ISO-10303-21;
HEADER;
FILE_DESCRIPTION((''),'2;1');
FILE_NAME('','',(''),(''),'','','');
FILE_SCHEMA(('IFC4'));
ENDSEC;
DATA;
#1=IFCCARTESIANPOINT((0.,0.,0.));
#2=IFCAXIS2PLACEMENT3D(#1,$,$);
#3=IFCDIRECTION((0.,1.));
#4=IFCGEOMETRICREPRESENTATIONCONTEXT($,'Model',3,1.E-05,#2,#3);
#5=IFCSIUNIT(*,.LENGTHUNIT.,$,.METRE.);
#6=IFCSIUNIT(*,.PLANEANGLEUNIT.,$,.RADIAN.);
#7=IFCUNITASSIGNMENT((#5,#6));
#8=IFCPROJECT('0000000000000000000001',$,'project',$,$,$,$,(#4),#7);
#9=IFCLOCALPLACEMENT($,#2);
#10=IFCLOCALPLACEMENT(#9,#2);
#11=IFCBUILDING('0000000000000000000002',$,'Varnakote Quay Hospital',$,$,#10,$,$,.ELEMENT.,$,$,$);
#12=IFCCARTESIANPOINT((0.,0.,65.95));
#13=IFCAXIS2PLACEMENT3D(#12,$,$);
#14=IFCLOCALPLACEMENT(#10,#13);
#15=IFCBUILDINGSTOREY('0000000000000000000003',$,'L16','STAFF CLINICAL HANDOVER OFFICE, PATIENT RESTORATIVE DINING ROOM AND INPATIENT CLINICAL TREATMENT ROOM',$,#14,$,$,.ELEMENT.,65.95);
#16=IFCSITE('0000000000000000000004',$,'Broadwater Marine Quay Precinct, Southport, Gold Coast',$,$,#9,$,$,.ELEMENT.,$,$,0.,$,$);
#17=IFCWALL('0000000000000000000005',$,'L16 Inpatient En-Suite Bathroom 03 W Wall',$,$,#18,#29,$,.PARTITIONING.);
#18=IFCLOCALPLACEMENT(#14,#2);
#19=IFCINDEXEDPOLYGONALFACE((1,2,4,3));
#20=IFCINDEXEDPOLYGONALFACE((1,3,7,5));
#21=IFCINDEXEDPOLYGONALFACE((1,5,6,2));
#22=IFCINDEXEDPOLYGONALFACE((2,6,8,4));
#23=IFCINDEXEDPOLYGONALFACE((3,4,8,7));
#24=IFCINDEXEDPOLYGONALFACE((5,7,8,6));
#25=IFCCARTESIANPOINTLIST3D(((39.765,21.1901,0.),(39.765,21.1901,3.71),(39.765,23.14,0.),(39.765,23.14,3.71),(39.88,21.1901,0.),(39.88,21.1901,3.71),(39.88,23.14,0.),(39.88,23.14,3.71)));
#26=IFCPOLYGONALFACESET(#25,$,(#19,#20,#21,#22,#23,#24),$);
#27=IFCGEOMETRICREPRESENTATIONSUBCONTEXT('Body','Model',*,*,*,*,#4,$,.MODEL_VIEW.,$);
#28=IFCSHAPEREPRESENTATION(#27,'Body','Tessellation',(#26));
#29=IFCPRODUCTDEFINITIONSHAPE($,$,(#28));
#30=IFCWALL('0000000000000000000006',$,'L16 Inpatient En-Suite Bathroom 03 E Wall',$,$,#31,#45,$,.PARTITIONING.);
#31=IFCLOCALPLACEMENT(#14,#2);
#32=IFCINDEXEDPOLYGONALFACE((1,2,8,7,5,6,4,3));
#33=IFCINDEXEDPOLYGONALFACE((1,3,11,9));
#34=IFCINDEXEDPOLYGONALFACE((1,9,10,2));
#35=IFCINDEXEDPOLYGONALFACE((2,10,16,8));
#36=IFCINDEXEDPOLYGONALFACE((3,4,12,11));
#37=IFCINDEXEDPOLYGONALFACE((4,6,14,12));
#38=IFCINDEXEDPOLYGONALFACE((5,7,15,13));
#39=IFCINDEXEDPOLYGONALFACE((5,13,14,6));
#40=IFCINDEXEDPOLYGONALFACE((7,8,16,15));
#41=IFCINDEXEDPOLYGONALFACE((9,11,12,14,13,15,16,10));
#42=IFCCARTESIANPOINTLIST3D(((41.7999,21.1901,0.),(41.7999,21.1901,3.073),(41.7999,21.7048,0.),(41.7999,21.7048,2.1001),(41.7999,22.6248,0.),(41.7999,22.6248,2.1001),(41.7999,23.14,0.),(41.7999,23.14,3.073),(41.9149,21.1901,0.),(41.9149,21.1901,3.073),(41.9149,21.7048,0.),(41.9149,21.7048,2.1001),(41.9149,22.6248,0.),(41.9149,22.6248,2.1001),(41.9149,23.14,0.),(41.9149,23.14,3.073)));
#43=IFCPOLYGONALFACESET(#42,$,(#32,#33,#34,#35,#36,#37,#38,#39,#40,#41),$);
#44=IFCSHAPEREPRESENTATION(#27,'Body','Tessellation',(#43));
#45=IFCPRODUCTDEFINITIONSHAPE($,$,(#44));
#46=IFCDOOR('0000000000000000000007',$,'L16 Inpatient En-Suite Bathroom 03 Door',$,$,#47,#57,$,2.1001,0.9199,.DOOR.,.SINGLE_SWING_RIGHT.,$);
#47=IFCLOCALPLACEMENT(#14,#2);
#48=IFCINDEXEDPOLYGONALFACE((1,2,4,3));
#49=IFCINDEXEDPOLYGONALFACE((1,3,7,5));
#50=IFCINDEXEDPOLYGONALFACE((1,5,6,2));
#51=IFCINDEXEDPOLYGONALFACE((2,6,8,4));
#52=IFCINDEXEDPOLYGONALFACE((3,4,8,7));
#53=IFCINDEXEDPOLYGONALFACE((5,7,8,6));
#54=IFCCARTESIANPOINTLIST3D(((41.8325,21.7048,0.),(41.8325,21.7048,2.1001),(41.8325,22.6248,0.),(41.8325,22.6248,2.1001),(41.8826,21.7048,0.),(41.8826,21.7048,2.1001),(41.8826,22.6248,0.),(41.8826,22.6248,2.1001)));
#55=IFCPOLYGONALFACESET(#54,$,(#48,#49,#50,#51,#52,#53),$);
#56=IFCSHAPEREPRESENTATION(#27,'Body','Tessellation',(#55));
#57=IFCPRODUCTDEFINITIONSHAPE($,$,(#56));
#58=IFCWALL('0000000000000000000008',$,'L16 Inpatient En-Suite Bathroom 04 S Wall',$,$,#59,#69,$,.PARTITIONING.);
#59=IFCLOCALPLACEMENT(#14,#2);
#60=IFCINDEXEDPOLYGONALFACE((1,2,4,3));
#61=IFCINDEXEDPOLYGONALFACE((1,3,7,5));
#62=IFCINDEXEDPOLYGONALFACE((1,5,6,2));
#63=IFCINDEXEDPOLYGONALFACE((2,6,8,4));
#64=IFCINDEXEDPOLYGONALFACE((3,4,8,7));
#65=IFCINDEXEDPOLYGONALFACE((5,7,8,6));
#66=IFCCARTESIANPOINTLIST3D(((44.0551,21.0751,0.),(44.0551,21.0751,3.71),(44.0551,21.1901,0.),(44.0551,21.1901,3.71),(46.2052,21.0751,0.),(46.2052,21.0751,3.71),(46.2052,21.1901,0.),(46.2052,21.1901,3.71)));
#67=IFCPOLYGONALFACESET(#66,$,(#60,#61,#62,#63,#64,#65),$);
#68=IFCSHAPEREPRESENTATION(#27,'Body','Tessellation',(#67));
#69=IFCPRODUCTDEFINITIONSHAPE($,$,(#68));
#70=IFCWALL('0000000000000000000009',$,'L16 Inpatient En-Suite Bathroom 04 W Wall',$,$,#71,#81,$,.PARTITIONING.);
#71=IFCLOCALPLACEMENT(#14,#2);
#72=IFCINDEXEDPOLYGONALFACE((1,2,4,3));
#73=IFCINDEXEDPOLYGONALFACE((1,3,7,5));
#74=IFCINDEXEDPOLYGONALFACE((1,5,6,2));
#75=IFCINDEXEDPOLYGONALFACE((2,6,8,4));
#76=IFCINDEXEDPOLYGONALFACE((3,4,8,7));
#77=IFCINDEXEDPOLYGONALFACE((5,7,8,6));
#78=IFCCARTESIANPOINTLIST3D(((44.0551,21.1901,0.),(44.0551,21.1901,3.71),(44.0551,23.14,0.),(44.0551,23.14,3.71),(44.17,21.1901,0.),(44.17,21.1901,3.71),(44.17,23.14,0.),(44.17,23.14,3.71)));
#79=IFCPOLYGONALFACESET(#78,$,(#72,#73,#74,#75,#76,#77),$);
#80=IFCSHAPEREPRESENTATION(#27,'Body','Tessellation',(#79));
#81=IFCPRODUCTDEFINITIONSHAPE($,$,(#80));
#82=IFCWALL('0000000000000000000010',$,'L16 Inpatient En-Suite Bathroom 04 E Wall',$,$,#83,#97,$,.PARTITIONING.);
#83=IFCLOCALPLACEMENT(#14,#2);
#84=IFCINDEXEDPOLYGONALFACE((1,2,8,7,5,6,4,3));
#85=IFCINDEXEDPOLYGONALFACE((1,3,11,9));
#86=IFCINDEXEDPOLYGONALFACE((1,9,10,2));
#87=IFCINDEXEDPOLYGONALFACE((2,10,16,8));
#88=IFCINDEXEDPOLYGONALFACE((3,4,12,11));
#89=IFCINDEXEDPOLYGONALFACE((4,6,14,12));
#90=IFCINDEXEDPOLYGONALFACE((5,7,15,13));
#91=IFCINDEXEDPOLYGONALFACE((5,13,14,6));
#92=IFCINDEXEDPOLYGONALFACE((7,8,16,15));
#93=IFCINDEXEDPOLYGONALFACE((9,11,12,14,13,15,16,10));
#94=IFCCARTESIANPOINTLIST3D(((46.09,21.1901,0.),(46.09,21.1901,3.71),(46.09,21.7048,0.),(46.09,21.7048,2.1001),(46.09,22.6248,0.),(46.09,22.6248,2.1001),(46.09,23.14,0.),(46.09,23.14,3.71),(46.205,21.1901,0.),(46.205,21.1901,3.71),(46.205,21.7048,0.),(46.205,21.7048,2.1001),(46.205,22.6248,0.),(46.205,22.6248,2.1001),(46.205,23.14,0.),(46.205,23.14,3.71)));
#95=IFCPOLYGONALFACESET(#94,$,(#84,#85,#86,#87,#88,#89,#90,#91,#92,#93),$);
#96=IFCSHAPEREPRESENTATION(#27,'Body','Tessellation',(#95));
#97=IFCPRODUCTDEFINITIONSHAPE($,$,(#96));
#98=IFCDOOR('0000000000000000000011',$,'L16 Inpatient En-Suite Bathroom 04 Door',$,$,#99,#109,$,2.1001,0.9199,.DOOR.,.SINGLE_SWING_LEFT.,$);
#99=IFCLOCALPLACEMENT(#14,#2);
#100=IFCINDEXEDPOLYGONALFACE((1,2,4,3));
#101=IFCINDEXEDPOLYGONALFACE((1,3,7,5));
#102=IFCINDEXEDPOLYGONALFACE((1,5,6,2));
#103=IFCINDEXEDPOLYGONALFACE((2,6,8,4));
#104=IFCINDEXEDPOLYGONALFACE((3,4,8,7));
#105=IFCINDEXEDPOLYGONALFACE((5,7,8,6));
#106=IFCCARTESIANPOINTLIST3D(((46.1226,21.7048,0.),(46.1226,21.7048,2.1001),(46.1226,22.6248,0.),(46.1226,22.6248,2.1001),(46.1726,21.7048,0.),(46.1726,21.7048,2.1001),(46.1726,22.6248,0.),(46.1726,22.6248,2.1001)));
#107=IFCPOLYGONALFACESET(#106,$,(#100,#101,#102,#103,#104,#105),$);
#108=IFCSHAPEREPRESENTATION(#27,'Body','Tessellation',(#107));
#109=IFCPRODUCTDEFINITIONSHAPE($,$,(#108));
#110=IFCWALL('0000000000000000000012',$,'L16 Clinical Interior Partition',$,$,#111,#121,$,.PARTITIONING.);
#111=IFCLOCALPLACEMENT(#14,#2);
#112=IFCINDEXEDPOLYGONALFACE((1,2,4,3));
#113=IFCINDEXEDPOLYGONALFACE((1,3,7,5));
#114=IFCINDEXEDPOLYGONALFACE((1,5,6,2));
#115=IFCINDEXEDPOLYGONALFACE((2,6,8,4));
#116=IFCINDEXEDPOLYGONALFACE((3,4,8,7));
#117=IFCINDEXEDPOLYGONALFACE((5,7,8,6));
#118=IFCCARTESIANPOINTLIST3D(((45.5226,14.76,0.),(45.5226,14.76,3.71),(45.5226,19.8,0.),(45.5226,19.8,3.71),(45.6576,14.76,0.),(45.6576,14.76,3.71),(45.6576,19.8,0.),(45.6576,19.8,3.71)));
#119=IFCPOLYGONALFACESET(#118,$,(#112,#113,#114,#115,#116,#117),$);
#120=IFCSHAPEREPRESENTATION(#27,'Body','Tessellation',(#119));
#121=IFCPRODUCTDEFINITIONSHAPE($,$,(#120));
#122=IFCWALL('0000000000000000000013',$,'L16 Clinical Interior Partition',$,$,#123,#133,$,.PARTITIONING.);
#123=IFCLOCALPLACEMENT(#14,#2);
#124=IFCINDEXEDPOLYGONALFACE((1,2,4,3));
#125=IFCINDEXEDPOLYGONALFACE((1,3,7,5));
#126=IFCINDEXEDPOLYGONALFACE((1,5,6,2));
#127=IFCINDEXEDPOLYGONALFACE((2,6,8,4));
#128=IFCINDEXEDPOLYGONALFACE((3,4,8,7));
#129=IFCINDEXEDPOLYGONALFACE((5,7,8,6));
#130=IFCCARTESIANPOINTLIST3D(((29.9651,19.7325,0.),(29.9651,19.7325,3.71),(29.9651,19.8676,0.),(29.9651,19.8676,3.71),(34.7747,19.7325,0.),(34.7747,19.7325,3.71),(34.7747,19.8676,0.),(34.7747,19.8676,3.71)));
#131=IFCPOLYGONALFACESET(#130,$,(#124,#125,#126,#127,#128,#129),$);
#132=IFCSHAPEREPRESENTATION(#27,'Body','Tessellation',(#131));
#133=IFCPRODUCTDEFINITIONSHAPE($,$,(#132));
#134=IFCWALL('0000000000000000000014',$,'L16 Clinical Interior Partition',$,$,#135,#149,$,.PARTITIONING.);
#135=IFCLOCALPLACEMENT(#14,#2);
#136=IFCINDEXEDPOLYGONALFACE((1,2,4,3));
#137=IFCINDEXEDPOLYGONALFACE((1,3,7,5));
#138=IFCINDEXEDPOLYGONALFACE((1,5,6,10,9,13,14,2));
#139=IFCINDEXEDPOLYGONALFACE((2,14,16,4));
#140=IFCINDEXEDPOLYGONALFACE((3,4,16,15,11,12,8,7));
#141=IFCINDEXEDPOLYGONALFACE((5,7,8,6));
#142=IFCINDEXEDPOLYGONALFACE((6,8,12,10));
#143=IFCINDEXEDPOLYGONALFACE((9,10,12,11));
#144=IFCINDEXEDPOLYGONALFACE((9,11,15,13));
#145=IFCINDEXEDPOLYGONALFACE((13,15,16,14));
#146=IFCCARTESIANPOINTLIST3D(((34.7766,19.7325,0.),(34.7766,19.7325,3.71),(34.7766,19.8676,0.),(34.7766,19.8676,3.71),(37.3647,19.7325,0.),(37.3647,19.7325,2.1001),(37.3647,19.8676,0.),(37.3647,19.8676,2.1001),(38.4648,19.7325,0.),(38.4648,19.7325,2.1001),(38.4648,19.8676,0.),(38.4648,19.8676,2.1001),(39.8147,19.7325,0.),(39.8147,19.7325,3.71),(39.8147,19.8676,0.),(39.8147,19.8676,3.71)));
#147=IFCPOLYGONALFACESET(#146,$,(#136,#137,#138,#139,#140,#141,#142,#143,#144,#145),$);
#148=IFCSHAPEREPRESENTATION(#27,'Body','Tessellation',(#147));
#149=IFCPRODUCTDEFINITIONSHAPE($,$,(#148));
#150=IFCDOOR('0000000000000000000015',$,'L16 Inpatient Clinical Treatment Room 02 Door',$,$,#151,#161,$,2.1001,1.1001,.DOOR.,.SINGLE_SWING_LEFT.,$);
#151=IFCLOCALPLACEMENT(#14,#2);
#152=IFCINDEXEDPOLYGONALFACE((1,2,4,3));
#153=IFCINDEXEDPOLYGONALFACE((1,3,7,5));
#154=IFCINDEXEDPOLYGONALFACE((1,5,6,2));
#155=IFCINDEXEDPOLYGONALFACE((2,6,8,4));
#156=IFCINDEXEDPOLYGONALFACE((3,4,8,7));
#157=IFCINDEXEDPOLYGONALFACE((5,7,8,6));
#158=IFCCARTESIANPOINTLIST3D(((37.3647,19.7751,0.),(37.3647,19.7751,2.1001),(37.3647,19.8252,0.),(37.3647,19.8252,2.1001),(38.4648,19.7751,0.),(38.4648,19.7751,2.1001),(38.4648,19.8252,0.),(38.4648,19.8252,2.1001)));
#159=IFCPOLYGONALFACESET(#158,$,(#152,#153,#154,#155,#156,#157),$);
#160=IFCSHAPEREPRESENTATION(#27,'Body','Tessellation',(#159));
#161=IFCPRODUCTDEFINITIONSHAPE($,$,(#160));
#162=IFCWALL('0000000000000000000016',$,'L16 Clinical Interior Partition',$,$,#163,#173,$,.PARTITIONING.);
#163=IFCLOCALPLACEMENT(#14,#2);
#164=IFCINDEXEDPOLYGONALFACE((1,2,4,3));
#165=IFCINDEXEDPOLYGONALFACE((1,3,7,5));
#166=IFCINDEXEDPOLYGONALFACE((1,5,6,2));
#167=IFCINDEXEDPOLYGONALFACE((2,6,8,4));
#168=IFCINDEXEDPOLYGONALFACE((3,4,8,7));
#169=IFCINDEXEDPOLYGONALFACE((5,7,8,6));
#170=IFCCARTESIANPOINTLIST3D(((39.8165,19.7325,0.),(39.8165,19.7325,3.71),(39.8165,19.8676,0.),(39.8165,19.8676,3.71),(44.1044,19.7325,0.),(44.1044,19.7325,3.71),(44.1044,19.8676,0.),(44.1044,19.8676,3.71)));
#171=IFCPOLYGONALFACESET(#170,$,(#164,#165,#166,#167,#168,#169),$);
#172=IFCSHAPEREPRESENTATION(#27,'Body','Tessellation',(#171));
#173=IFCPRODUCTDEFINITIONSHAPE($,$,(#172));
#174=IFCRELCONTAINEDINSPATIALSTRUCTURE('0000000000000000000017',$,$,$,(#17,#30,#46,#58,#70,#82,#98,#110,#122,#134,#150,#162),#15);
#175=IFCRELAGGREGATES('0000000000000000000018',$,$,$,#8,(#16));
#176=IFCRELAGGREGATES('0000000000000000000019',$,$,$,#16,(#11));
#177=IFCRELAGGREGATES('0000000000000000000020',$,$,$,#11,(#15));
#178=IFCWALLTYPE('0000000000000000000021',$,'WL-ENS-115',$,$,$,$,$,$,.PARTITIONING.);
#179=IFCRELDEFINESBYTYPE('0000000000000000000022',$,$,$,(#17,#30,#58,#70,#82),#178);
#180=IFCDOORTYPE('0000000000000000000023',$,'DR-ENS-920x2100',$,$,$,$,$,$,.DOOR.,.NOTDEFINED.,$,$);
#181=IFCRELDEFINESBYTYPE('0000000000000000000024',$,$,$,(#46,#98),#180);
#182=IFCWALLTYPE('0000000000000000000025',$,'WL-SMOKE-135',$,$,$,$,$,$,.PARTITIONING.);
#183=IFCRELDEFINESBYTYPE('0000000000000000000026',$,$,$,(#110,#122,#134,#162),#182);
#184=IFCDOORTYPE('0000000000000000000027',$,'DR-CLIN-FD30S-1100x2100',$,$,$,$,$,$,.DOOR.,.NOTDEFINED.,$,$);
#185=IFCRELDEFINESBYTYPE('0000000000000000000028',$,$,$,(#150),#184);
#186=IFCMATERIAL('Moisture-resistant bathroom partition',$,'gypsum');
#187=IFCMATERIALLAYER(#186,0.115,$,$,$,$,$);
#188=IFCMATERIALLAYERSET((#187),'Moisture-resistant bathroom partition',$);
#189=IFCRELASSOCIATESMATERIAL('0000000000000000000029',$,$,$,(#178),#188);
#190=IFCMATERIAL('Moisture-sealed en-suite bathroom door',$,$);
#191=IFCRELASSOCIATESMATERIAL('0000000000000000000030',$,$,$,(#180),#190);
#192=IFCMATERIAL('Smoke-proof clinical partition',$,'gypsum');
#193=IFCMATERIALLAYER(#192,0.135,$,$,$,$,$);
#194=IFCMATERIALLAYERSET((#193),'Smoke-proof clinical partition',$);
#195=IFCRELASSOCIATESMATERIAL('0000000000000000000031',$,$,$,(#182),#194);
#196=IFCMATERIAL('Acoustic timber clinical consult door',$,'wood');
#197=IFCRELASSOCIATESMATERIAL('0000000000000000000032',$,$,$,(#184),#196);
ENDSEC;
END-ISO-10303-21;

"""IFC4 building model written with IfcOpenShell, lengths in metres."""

from ifc_helpers import new_model, si_unit, direction, frame, frame_2d, origin, place, context, subcontext, project, spatial, rectangle, extrude, material, layer, layer_set, type_object, element, fill, save


model = new_model("IFC4")

# Units and contexts
model_context = context("Model", 3, precision=1e-05, world=origin(), true_north=direction((0.0, 1.0)))
body_context = subcontext(model_context, "Body", "Model", "MODEL_VIEW")
ifc_project = project(units=[si_unit("LENGTHUNIT", "METRE"), si_unit("PLANEANGLEUNIT", "RADIAN")], contexts=[model_context])

# Site, building, storey
site_placement = place(None, origin())
site = spatial("IfcSite", under=ifc_project, at=site_placement, Name="Broadwater Marine Quay Precinct, Southport, Gold Coast", CompositionType="ELEMENT", RefElevation=0.0)
building_placement = place(site_placement, origin())
building = spatial("IfcBuilding", under=site, at=building_placement, Name="Varnakote Quay Hospital", CompositionType="ELEMENT")
storey_placement = place(building_placement, frame((0.0, 0.0, 65.95)))
storey = spatial("IfcBuildingStorey", under=building, at=storey_placement, Name="L16", Description="STAFF CLINICAL HANDOVER OFFICE, PATIENT RESTORATIVE DINING ROOM AND INPATIENT CLINICAL TREATMENT ROOM", CompositionType="ELEMENT", Elevation=65.95)

# Shared definitions
ifc_material_1 = material(Name="Moisture-resistant bathroom partition", Category="gypsum")
ifc_layer_1 = layer(ifc_material_1, 0.115)
ifc_layer_set_1 = layer_set([ifc_layer_1], Name="Moisture-resistant bathroom partition")
wall_type_1 = type_object("IfcWallType", Name="WL-ENS-115", PredefinedType="PARTITIONING", material=ifc_layer_set_1)

# Shared definitions
ifc_material_2 = material(Name="Moisture-sealed en-suite bathroom door")
door_type_1 = type_object("IfcDoorType", Name="DR-ENS-920x2100", OperationType="NOTDEFINED", PredefinedType="DOOR", material=ifc_material_2)

# Wall
wall_1_placement = place(storey_placement, frame((39.8225, 21.1899, 0.0), z_axis=(0.0, 0.0, 1.0), x_axis=(0.0, 1.0, 0.0)))
element("IfcWall", 1, at=wall_1_placement, inside=storey, type_object=wall_type_1, Name="L16 Inpatient En-Suite Bathroom 03 W Wall", PredefinedType="PARTITIONING", context=body_context, shape_type="SweptSolid", body=[
    extrude(rectangle(XDim=1.95, YDim=0.115, at=frame_2d((0.9751, 0.0))), origin(), (0.0, 0.0, 1.0), 3.71),
])

# Wall, opening, door
wall_2_placement = place(storey_placement, frame((41.8574, 21.1899, 0.0), z_axis=(0.0, 0.0, 1.0), x_axis=(0.0, 1.0, 0.0)))
wall_2 = element("IfcWall", 2, at=wall_2_placement, inside=storey, type_object=wall_type_1, Name="L16 Inpatient En-Suite Bathroom 03 E Wall", PredefinedType="PARTITIONING", context=body_context, shape_type="SweptSolid", body=[
    extrude(rectangle(XDim=1.95, YDim=0.115, at=frame_2d((0.9751, 0.0))), origin(), (0.0, 0.0, 1.0), 3.073),
])
opening_1_placement = place(wall_2_placement, frame((0.5149, 0.0, 0.0)))
opening_1 = element("IfcOpeningElement", 3, at=opening_1_placement, cuts=wall_2, PredefinedType="OPENING", context=body_context, shape_type="SweptSolid", body=[
    extrude(rectangle(XDim=0.9199, YDim=2.1001, at=frame_2d((0.46, 1.05))), frame((0.0, 0.0674, 0.0), z_axis=(0.0, -1.0, 0.0), x_axis=(1.0, 0.0, 0.0)), (0.0, 0.0, 1.0), 0.135),
])
door_1_placement = place(opening_1_placement, origin())
door_1 = element("IfcDoor", 4, at=door_1_placement, inside=storey, type_object=door_type_1, Name="L16 Inpatient En-Suite Bathroom 03 Door", OperationType="SINGLE_SWING_RIGHT", OverallHeight=2.1001, OverallWidth=0.9199, PredefinedType="DOOR", context=body_context, shape_type="SweptSolid", body=[
    extrude(rectangle(XDim=0.9199, YDim=2.1001, at=frame_2d((0.46, 1.05))), frame((0.0, 0.0249, 0.0), z_axis=(0.0, -1.0, 0.0), x_axis=(1.0, 0.0, 0.0)), (0.0, 0.0, 1.0), 0.05),
])
fill(opening_1, door_1)

# Walls
wall_3_placement = place(storey_placement, frame((44.0549, 21.1326, 0.0), z_axis=(0.0, 0.0, 1.0), x_axis=(1.0, 0.0, 0.0)))
element("IfcWall", 5, at=wall_3_placement, inside=storey, type_object=wall_type_1, Name="L16 Inpatient En-Suite Bathroom 04 S Wall", PredefinedType="PARTITIONING", context=body_context, shape_type="SweptSolid", body=[
    extrude(rectangle(XDim=2.1501, YDim=0.115, at=frame_2d((1.0752, 0.0))), origin(), (0.0, 0.0, 1.0), 3.71),
])
wall_4_placement = place(storey_placement, frame((44.1125, 21.1899, 0.0), z_axis=(0.0, 0.0, 1.0), x_axis=(0.0, 1.0, 0.0)))
element("IfcWall", 6, at=wall_4_placement, inside=storey, type_object=wall_type_1, Name="L16 Inpatient En-Suite Bathroom 04 W Wall", PredefinedType="PARTITIONING", context=body_context, shape_type="SweptSolid", body=[
    extrude(rectangle(XDim=1.95, YDim=0.115, at=frame_2d((0.9751, 0.0))), origin(), (0.0, 0.0, 1.0), 3.71),
])

# Wall, opening, door
wall_5_placement = place(storey_placement, frame((46.1475, 21.1899, 0.0), z_axis=(0.0, 0.0, 1.0), x_axis=(0.0, 1.0, 0.0)))
wall_5 = element("IfcWall", 7, at=wall_5_placement, inside=storey, type_object=wall_type_1, Name="L16 Inpatient En-Suite Bathroom 04 E Wall", PredefinedType="PARTITIONING", context=body_context, shape_type="SweptSolid", body=[
    extrude(rectangle(XDim=1.95, YDim=0.115, at=frame_2d((0.9751, 0.0))), origin(), (0.0, 0.0, 1.0), 3.71),
])
opening_2_placement = place(wall_5_placement, frame((0.5149, 0.0, 0.0)))
opening_2 = element("IfcOpeningElement", 8, at=opening_2_placement, cuts=wall_5, PredefinedType="OPENING", context=body_context, shape_type="SweptSolid", body=[
    extrude(rectangle(XDim=0.9199, YDim=2.1001, at=frame_2d((0.46, 1.05))), frame((0.0, 0.0674, 0.0), z_axis=(0.0, -1.0, 0.0), x_axis=(1.0, 0.0, 0.0)), (0.0, 0.0, 1.0), 0.135),
])
door_2_placement = place(opening_2_placement, origin())
door_2 = element("IfcDoor", 9, at=door_2_placement, inside=storey, type_object=door_type_1, Name="L16 Inpatient En-Suite Bathroom 04 Door", OperationType="SINGLE_SWING_LEFT", OverallHeight=2.1001, OverallWidth=0.9199, PredefinedType="DOOR", context=body_context, shape_type="SweptSolid", body=[
    extrude(rectangle(XDim=0.9199, YDim=2.1001, at=frame_2d((0.46, 1.05))), frame((0.0, 0.0249, 0.0), z_axis=(0.0, -1.0, 0.0), x_axis=(1.0, 0.0, 0.0)), (0.0, 0.0, 1.0), 0.05),
])
fill(opening_2, door_2)

# Walls
ifc_material_3 = material(Name="Smoke-proof clinical partition", Category="gypsum")
ifc_layer_2 = layer(ifc_material_3, 0.135)
ifc_layer_set_2 = layer_set([ifc_layer_2], Name="Smoke-proof clinical partition")
wall_type_2 = type_object("IfcWallType", Name="WL-SMOKE-135", PredefinedType="PARTITIONING", material=ifc_layer_set_2)
wall_6_placement = place(storey_placement, frame((45.5901, 14.76, 0.0), z_axis=(0.0, 0.0, 1.0), x_axis=(0.0, 1.0, 0.0)))
element("IfcWall", 10, at=wall_6_placement, inside=storey, type_object=wall_type_2, Name="L16 Clinical Interior Partition", PredefinedType="PARTITIONING", context=body_context, shape_type="SweptSolid", body=[
    extrude(rectangle(XDim=5.04, YDim=0.135, at=frame_2d((2.52, 0.0))), origin(), (0.0, 0.0, 1.0), 3.71),
])
wall_7_placement = place(storey_placement, frame((34.7747, 19.8, 0.0), z_axis=(0.0, 0.0, 1.0), x_axis=(-1.0, 0.0, 0.0)))
element("IfcWall", 11, at=wall_7_placement, inside=storey, type_object=wall_type_2, Name="L16 Clinical Interior Partition", PredefinedType="PARTITIONING", context=body_context, shape_type="SweptSolid", body=[
    extrude(rectangle(XDim=4.8096, YDim=0.135, at=frame_2d((2.4048, 0.0))), origin(), (0.0, 0.0, 1.0), 3.71),
])

# Wall, opening, door
wall_8_placement = place(storey_placement, frame((39.8147, 19.8, 0.0), z_axis=(0.0, 0.0, 1.0), x_axis=(-1.0, 0.0, 0.0)))
wall_8 = element("IfcWall", 12, at=wall_8_placement, inside=storey, type_object=wall_type_2, Name="L16 Clinical Interior Partition", PredefinedType="PARTITIONING", context=body_context, shape_type="SweptSolid", body=[
    extrude(rectangle(XDim=5.0381, YDim=0.135, at=frame_2d((2.519, 0.0))), origin(), (0.0, 0.0, 1.0), 3.71),
])
opening_3_placement = place(wall_8_placement, frame((1.3499, 0.0, 0.0)))
opening_3 = element("IfcOpeningElement", 13, at=opening_3_placement, cuts=wall_8, PredefinedType="OPENING", context=body_context, shape_type="SweptSolid", body=[
    extrude(rectangle(XDim=1.1001, YDim=2.1001, at=frame_2d((0.55, 1.05))), frame((0.0, 0.0774, 0.0), z_axis=(0.0, -1.0, 0.0), x_axis=(1.0, 0.0, 0.0)), (0.0, 0.0, 1.0), 0.155),
])
ifc_material_4 = material(Name="Acoustic timber clinical consult door", Category="wood")
door_type_2 = type_object("IfcDoorType", Name="DR-CLIN-FD30S-1100x2100", OperationType="NOTDEFINED", PredefinedType="DOOR", material=ifc_material_4)
door_3_placement = place(opening_3_placement, origin())
door_3 = element("IfcDoor", 14, at=door_3_placement, inside=storey, type_object=door_type_2, Name="L16 Inpatient Clinical Treatment Room 02 Door", OperationType="SINGLE_SWING_LEFT", OverallHeight=2.1001, OverallWidth=1.1001, PredefinedType="DOOR", context=body_context, shape_type="SweptSolid", body=[
    extrude(rectangle(XDim=1.1001, YDim=2.1001, at=frame_2d((0.55, 1.05))), frame((0.0, 0.0249, 0.0), z_axis=(0.0, -1.0, 0.0), x_axis=(1.0, 0.0, 0.0)), (0.0, 0.0, 1.0), 0.05),
])
fill(opening_3, door_3)

# Wall
wall_9_placement = place(storey_placement, frame((44.1045, 19.8, 0.0), z_axis=(0.0, 0.0, 1.0), x_axis=(-1.0, 0.0, 0.0)))
element("IfcWall", 15, at=wall_9_placement, inside=storey, type_object=wall_type_2, Name="L16 Clinical Interior Partition", PredefinedType="PARTITIONING", context=body_context, shape_type="SweptSolid", body=[
    extrude(rectangle(XDim=4.2878, YDim=0.135, at=frame_2d((2.144, 0.0))), origin(), (0.0, 0.0, 1.0), 3.71),
])

save(model, "model.ifc")
